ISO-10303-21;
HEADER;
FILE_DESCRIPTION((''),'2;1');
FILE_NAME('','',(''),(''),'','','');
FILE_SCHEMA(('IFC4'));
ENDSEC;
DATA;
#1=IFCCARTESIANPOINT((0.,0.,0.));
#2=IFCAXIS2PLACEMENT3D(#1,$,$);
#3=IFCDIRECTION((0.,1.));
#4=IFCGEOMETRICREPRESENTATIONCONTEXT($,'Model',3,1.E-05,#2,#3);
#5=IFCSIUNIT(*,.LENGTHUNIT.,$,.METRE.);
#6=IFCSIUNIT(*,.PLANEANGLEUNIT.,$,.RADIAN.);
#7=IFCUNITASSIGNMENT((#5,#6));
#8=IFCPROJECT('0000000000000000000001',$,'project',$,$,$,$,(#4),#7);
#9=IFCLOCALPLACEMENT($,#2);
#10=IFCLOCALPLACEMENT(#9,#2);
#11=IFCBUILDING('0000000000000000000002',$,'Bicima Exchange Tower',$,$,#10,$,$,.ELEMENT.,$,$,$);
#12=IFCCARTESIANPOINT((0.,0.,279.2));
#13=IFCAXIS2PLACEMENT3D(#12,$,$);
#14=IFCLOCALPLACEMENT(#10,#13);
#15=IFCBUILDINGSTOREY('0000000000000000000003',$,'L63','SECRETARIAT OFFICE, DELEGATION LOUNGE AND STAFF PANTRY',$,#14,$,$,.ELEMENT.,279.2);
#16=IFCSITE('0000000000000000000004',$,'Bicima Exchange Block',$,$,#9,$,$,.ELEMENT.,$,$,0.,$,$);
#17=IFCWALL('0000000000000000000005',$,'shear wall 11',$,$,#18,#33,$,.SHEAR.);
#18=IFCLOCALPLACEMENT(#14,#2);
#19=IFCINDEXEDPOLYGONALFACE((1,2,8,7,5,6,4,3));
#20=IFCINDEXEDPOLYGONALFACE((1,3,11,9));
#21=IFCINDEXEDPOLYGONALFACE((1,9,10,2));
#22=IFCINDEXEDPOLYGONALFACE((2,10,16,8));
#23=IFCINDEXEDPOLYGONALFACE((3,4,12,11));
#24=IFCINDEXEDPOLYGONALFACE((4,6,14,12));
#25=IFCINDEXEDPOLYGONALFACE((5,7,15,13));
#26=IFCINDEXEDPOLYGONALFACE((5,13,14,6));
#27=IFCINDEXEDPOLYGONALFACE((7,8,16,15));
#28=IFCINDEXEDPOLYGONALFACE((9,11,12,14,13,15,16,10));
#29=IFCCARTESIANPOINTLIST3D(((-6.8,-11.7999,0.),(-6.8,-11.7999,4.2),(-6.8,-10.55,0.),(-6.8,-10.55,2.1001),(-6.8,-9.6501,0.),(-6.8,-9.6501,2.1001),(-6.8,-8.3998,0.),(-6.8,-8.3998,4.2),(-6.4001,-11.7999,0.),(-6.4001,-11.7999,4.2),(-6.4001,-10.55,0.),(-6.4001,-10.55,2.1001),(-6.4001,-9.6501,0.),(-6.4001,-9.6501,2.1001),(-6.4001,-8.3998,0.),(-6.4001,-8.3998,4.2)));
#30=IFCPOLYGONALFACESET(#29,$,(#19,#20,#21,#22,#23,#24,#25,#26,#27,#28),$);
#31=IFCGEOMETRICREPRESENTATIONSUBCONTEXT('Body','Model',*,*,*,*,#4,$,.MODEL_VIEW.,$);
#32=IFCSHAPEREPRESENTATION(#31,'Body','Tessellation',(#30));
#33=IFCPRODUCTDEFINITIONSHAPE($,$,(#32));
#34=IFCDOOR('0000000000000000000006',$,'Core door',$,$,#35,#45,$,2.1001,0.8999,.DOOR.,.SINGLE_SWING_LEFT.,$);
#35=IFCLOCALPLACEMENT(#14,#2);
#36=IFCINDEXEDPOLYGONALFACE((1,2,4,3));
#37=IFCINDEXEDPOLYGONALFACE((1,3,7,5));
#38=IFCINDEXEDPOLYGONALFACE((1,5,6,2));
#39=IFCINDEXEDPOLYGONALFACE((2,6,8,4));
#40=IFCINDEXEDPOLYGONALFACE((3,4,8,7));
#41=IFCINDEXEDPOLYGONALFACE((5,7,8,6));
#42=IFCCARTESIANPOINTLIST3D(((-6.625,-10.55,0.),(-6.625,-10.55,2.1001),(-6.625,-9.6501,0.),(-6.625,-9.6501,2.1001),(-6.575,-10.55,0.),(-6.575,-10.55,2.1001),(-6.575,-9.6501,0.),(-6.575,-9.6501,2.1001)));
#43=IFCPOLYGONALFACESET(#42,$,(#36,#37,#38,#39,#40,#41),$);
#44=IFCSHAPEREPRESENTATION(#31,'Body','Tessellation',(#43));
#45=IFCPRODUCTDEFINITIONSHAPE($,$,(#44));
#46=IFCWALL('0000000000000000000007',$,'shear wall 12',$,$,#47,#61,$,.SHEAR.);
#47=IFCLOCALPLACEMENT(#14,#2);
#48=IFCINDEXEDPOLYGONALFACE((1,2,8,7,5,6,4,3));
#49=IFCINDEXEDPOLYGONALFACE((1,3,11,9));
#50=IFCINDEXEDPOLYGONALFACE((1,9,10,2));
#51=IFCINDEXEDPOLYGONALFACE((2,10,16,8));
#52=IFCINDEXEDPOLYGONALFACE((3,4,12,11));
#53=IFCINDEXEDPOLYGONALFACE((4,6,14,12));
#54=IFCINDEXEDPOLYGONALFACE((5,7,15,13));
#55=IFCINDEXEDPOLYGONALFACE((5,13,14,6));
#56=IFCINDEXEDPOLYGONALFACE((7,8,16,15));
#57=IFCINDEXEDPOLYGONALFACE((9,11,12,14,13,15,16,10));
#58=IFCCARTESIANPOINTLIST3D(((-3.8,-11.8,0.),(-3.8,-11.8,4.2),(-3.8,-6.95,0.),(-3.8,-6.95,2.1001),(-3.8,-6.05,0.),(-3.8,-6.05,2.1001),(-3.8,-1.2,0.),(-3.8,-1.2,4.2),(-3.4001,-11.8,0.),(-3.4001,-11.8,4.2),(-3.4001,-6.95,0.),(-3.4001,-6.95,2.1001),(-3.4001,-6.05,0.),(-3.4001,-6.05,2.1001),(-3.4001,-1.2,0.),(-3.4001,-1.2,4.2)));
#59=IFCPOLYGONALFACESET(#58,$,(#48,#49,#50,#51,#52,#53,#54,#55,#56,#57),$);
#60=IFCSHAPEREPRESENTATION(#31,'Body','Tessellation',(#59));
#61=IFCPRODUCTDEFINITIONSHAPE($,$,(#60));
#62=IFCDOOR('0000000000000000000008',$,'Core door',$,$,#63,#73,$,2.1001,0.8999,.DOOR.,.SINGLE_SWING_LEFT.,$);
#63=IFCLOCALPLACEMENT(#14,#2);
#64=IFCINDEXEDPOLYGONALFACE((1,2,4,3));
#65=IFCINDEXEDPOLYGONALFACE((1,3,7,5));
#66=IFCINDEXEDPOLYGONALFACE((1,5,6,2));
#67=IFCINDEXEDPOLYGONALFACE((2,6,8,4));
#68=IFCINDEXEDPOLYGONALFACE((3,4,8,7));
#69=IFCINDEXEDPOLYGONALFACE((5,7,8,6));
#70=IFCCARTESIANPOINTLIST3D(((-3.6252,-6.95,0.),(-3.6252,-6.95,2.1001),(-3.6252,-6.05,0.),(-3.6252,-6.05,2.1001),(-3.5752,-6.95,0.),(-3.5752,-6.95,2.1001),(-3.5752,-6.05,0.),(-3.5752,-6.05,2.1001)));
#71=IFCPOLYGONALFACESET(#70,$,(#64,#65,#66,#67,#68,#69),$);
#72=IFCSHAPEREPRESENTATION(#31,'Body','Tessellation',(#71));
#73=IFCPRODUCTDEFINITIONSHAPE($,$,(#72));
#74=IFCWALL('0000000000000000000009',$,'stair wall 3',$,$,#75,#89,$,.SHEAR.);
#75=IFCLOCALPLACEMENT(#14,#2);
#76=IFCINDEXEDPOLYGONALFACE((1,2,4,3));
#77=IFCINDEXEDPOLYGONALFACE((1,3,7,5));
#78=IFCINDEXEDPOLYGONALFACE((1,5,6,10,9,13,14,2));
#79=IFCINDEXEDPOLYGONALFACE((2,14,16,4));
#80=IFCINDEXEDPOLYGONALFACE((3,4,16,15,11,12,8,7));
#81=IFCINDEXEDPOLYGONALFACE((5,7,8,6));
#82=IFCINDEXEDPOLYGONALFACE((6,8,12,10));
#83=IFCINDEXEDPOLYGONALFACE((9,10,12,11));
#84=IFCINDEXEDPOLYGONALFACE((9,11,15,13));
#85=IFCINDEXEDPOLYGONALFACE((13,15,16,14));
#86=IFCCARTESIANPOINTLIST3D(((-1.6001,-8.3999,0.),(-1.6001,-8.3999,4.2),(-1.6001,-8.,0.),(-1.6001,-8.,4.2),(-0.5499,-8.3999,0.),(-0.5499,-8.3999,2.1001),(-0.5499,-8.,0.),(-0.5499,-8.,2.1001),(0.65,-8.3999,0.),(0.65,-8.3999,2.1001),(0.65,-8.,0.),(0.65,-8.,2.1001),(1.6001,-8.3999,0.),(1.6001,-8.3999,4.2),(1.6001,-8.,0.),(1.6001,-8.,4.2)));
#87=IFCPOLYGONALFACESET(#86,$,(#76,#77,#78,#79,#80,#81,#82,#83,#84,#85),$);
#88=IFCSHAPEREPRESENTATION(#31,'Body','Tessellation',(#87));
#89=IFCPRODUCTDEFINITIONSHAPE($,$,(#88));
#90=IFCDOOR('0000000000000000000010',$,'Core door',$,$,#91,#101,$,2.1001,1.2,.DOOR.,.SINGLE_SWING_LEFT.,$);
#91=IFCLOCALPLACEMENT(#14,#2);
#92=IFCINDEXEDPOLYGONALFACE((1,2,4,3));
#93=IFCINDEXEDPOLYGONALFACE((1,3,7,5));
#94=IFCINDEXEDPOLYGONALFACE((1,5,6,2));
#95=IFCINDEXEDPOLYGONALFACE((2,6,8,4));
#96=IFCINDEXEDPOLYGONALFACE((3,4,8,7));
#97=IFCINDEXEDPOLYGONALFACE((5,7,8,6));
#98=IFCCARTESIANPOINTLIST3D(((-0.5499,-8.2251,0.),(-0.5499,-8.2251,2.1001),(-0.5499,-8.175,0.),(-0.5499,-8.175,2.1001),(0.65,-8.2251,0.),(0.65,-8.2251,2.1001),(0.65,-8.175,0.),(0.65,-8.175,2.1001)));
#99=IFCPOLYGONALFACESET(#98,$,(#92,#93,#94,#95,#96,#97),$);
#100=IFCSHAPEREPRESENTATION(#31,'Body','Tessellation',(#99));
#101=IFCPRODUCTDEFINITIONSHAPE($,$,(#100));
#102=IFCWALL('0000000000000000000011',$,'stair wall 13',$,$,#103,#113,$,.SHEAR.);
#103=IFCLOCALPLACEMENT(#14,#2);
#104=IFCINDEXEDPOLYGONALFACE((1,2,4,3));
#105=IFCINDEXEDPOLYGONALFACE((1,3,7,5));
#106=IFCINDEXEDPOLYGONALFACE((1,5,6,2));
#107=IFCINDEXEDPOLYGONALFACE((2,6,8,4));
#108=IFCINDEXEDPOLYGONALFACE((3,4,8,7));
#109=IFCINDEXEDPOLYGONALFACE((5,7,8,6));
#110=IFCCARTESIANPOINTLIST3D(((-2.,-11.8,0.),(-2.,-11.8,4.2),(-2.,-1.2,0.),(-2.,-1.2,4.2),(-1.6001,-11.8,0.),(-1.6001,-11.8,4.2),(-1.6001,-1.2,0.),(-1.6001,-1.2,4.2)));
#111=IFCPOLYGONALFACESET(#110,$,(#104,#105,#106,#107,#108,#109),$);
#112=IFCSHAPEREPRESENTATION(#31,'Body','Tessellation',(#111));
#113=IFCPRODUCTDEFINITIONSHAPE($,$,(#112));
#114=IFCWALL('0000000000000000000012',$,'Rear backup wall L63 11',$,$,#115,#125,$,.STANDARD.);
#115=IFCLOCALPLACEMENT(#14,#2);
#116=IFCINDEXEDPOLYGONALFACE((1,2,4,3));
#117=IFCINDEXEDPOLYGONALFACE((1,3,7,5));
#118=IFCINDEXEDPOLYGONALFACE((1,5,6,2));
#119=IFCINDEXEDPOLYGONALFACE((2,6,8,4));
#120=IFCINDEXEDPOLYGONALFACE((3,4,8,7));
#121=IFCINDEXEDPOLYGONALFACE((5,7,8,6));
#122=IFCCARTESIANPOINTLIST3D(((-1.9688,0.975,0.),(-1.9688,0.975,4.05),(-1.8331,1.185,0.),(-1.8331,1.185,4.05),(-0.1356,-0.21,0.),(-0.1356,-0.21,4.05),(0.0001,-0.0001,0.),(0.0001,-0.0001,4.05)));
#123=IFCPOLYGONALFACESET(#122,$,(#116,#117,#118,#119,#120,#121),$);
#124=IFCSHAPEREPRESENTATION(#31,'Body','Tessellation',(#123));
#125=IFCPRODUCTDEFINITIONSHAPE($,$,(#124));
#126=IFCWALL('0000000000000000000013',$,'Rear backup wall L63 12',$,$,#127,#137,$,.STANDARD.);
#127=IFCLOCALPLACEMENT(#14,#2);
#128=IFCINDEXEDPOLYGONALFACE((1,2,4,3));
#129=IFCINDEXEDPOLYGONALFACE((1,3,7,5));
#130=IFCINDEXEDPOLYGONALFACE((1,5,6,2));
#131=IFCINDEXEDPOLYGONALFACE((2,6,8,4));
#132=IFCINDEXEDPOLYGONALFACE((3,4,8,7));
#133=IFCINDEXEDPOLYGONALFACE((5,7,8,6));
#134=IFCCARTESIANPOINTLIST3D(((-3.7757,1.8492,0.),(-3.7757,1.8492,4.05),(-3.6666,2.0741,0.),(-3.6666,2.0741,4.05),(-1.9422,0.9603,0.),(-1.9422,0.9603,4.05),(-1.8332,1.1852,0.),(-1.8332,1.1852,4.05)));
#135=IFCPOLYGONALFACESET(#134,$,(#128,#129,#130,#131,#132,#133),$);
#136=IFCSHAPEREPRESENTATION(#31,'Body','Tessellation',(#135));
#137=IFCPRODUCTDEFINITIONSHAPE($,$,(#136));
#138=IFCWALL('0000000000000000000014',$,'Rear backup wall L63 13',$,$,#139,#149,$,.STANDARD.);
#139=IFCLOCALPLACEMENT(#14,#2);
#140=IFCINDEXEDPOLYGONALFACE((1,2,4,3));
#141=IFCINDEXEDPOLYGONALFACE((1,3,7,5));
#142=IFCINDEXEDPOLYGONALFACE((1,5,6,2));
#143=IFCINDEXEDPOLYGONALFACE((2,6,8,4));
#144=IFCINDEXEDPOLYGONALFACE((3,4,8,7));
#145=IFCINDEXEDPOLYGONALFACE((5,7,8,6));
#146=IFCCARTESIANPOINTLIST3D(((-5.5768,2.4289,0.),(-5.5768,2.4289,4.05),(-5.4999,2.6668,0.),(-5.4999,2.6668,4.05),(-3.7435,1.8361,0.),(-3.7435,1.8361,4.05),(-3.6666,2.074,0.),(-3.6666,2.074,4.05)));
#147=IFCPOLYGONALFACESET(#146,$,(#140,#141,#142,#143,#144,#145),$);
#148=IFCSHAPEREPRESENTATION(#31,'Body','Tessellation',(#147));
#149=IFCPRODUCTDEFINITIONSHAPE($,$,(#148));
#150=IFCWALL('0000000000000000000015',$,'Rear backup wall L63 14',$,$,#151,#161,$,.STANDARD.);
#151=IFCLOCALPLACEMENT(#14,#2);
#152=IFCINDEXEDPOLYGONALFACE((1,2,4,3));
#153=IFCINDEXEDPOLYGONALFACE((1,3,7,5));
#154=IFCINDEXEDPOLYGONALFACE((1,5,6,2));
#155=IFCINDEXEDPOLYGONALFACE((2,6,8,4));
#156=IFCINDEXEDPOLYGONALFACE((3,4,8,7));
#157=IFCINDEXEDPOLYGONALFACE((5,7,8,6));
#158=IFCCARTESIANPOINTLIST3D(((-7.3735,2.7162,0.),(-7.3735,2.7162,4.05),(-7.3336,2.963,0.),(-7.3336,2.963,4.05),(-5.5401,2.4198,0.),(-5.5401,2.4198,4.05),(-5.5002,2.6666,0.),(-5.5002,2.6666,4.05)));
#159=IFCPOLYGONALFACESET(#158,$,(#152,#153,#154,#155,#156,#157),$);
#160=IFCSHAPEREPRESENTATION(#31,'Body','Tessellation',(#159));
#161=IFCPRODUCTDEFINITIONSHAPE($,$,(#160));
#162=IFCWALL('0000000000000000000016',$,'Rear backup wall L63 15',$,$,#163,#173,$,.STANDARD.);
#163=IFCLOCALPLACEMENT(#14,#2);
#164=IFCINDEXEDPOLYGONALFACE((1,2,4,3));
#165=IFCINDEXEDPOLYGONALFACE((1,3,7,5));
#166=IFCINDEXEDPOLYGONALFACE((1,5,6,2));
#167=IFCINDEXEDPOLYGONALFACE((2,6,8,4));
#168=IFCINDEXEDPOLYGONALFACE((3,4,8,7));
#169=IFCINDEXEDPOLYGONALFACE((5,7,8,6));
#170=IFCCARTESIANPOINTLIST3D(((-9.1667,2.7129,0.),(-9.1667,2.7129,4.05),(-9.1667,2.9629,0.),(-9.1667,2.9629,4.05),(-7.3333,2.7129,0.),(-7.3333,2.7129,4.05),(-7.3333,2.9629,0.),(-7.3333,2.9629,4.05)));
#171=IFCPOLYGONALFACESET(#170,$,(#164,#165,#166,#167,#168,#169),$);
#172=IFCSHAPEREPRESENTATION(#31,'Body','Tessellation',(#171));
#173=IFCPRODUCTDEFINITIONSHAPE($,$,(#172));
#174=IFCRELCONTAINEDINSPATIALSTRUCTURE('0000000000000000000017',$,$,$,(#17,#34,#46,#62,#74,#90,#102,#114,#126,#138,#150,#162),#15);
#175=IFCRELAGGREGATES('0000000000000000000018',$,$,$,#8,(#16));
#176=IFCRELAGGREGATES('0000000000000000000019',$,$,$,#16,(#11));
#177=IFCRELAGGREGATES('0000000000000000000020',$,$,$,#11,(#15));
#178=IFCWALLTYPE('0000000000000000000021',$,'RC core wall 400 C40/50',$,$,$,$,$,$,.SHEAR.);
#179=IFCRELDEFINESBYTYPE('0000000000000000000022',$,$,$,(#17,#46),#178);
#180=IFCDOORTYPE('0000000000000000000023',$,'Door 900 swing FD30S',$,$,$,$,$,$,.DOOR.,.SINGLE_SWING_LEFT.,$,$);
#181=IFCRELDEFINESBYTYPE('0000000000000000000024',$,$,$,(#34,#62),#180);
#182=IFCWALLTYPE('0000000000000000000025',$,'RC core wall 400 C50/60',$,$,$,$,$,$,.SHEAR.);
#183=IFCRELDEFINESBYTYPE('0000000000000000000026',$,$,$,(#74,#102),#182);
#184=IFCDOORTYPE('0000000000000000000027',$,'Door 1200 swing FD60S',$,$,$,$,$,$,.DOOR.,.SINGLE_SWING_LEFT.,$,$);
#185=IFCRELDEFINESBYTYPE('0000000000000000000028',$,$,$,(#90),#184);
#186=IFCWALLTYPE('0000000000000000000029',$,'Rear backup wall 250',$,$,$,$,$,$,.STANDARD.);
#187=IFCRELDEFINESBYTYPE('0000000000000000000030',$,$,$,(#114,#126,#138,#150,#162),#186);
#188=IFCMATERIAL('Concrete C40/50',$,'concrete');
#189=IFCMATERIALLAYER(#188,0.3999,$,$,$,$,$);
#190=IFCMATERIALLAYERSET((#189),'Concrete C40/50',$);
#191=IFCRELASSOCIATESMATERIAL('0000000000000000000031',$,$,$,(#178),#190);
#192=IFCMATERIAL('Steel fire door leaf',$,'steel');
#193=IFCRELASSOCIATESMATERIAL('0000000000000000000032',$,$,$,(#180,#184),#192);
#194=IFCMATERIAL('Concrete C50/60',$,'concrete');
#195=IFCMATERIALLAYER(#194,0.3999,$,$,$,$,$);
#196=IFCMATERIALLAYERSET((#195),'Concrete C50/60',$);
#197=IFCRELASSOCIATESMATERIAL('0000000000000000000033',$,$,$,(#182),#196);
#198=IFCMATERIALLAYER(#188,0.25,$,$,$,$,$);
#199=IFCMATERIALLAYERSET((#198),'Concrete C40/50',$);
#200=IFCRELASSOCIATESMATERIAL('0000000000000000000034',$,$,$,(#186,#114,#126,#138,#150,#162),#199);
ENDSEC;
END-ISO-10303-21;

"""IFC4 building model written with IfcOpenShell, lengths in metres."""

from ifc_helpers import new_model, si_unit, direction, frame, frame_2d, origin, place, context, subcontext, project, spatial, rectangle, extrude, material, layer, layer_set, layer_usage, type_object, element, fill, save


model = new_model("IFC4")

# Units and contexts
model_context = context("Model", 3, precision=1e-05, world=origin(), true_north=direction((0.0, 1.0)))
body_context = subcontext(model_context, "Body", "Model", "MODEL_VIEW")
ifc_project = project(units=[si_unit("LENGTHUNIT", "METRE"), si_unit("PLANEANGLEUNIT", "RADIAN")], contexts=[model_context])

# Site, building, storey
site_placement = place(None, origin())
site = spatial("IfcSite", under=ifc_project, at=site_placement, Name="Bicima Exchange Block", CompositionType="ELEMENT", RefElevation=0.0)
building_placement = place(site_placement, origin())
building = spatial("IfcBuilding", under=site, at=building_placement, Name="Bicima Exchange Tower", CompositionType="ELEMENT")
storey_placement = place(building_placement, frame((0.0, 0.0, 279.2)))
storey = spatial("IfcBuildingStorey", under=building, at=storey_placement, Name="L63", Description="SECRETARIAT OFFICE, DELEGATION LOUNGE AND STAFF PANTRY", CompositionType="ELEMENT", Elevation=279.2)

# Shared definitions
ifc_material_1 = material(Name="Concrete C40/50", Category="concrete")

# Shared definitions
ifc_material_2 = material(Name="Concrete C50/60", Category="concrete")

# Walls, openings, doors
ifc_layer_1 = layer(ifc_material_1, 0.3999)
ifc_layer_set_1 = layer_set([ifc_layer_1], Name="Concrete C40/50")
wall_type_1 = type_object("IfcWallType", Name="RC core wall 400 C40/50", PredefinedType="SHEAR", material=ifc_layer_set_1)
wall_1_placement = place(storey_placement, frame((-6.6001, -11.8, 0.0), z_axis=(0.0, 0.0, 1.0), x_axis=(0.0, 1.0, 0.0)))
wall_1 = element("IfcWall", 1, at=wall_1_placement, inside=storey, type_object=wall_type_1, Name="shear wall 11", PredefinedType="SHEAR", context=body_context, shape_type="SweptSolid", body=[
    extrude(rectangle(XDim=3.4001, YDim=0.3999, at=frame_2d((1.7002, 0.0))), origin(), (0.0, 0.0, 1.0), 4.2),
])
opening_1_placement = place(wall_1_placement, frame((1.25, 0.0, 0.0)))
opening_1 = element("IfcOpeningElement", 2, at=opening_1_placement, cuts=wall_1, PredefinedType="OPENING", context=body_context, shape_type="SweptSolid", body=[
    extrude(rectangle(XDim=0.8999, YDim=2.1001, at=frame_2d((0.45, 1.05))), frame((0.0, 0.2119, 0.0), z_axis=(0.0, -1.0, 0.0), x_axis=(1.0, 0.0, 0.0)), (0.0, 0.0, 1.0), 0.4238),
])
ifc_material_3 = material(Name="Steel fire door leaf", Category="steel")
door_type_1 = type_object("IfcDoorType", Name="Door 900 swing FD30S", OperationType="SINGLE_SWING_LEFT", PredefinedType="DOOR", material=ifc_material_3)
door_1_placement = place(opening_1_placement, origin())
door_1 = element("IfcDoor", 3, at=door_1_placement, inside=storey, type_object=door_type_1, Name="Core door", OperationType="SINGLE_SWING_LEFT", OverallHeight=2.1001, OverallWidth=0.8999, PredefinedType="DOOR", context=body_context, shape_type="SweptSolid", body=[
    extrude(rectangle(XDim=0.8999, YDim=2.1001, at=frame_2d((0.45, 1.05))), frame((0.0, 0.0249, 0.0), z_axis=(0.0, -1.0, 0.0), x_axis=(1.0, 0.0, 0.0)), (0.0, 0.0, 1.0), 0.05),
])
fill(opening_1, door_1)
wall_2_placement = place(storey_placement, frame((-3.6001, -11.8, 0.0), z_axis=(0.0, 0.0, 1.0), x_axis=(0.0, 1.0, 0.0)))
wall_2 = element("IfcWall", 4, at=wall_2_placement, inside=storey, type_object=wall_type_1, Name="shear wall 12", PredefinedType="SHEAR", context=body_context, shape_type="SweptSolid", body=[
    extrude(rectangle(XDim=10.6001, YDim=0.3999, at=frame_2d((5.3, 0.0))), origin(), (0.0, 0.0, 1.0), 4.2),
])
opening_2_placement = place(wall_2_placement, frame((4.8501, 0.0, 0.0)))
opening_2 = element("IfcOpeningElement", 5, at=opening_2_placement, cuts=wall_2, PredefinedType="OPENING", context=body_context, shape_type="SweptSolid", body=[
    extrude(rectangle(XDim=0.8999, YDim=2.1001, at=frame_2d((0.45, 1.05))), frame((0.0, 0.2119, 0.0), z_axis=(0.0, -1.0, 0.0), x_axis=(1.0, 0.0, 0.0)), (0.0, 0.0, 1.0), 0.4238),
])
door_2_placement = place(opening_2_placement, frame((0.8999, 0.0, 0.0), z_axis=(0.0, 0.0, 1.0), x_axis=(-1.0, 0.0, 0.0)))
door_2 = element("IfcDoor", 6, at=door_2_placement, inside=storey, type_object=door_type_1, Name="Core door", OperationType="SINGLE_SWING_LEFT", OverallHeight=2.1001, OverallWidth=0.8999, PredefinedType="DOOR", context=body_context, shape_type="SweptSolid", body=[
    extrude(rectangle(XDim=0.8999, YDim=2.1001, at=frame_2d((0.45, 1.05))), frame((0.0, 0.0249, 0.0), z_axis=(0.0, -1.0, 0.0), x_axis=(1.0, 0.0, 0.0)), (0.0, 0.0, 1.0), 0.05),
])
fill(opening_2, door_2)
ifc_layer_2 = layer(ifc_material_2, 0.3999)
ifc_layer_set_2 = layer_set([ifc_layer_2], Name="Concrete C50/60")
wall_type_2 = type_object("IfcWallType", Name="RC core wall 400 C50/60", PredefinedType="SHEAR", material=ifc_layer_set_2)
wall_3_placement = place(storey_placement, frame((-1.6001, -8.2, 0.0), z_axis=(0.0, 0.0, 1.0), x_axis=(1.0, 0.0, 0.0)))
wall_3 = element("IfcWall", 7, at=wall_3_placement, inside=storey, type_object=wall_type_2, Name="stair wall 3", PredefinedType="SHEAR", context=body_context, shape_type="SweptSolid", body=[
    extrude(rectangle(XDim=3.2002, YDim=0.3999, at=frame_2d((1.6001, 0.0))), origin(), (0.0, 0.0, 1.0), 4.2),
])
opening_3_placement = place(wall_3_placement, frame((1.05, 0.0, 0.0)))
opening_3 = element("IfcOpeningElement", 8, at=opening_3_placement, cuts=wall_3, PredefinedType="OPENING", context=body_context, shape_type="SweptSolid", body=[
    extrude(rectangle(XDim=1.2, YDim=2.1001, at=frame_2d((0.6001, 1.05))), frame((0.0, 0.2119, 0.0), z_axis=(0.0, -1.0, 0.0), x_axis=(1.0, 0.0, 0.0)), (0.0, 0.0, 1.0), 0.4238),
])
door_type_2 = type_object("IfcDoorType", Name="Door 1200 swing FD60S", OperationType="SINGLE_SWING_LEFT", PredefinedType="DOOR", material=ifc_material_3)
door_3_placement = place(opening_3_placement, origin())
door_3 = element("IfcDoor", 9, at=door_3_placement, inside=storey, type_object=door_type_2, Name="Core door", OperationType="SINGLE_SWING_LEFT", OverallHeight=2.1001, OverallWidth=1.2, PredefinedType="DOOR", context=body_context, shape_type="SweptSolid", body=[
    extrude(rectangle(XDim=1.2, YDim=2.1001, at=frame_2d((0.6001, 1.05))), frame((0.0, 0.0249, 0.0), z_axis=(0.0, -1.0, 0.0), x_axis=(1.0, 0.0, 0.0)), (0.0, 0.0, 1.0), 0.05),
])
fill(opening_3, door_3)

# Walls
wall_4_placement = place(storey_placement, frame((-1.8, -11.8, 0.0), z_axis=(0.0, 0.0, 1.0), x_axis=(0.0, 1.0, 0.0)))
element("IfcWall", 10, at=wall_4_placement, inside=storey, type_object=wall_type_2, Name="stair wall 13", PredefinedType="SHEAR", context=body_context, shape_type="SweptSolid", body=[
    extrude(rectangle(XDim=10.6001, YDim=0.3999, at=frame_2d((5.3, 0.0))), origin(), (0.0, 0.0, 1.0), 4.2),
])
ifc_layer_3 = layer(ifc_material_1, 0.25)
ifc_layer_set_3 = layer_set([ifc_layer_3], Name="Concrete C40/50")
ifc_layer_usage = layer_usage(ifc_layer_set_3, "AXIS2", "POSITIVE", -0.125)
wall_type_3 = type_object("IfcWallType", Name="Rear backup wall 250", PredefinedType="STANDARD", material=ifc_layer_set_3)
wall_5_placement = place(storey_placement, frame((-0.0679, -0.105, 0.0), z_axis=(0.0, 0.0, 1.0), x_axis=(-0.839813, 0.542876, 0.0)))
element("IfcWall", 11, at=wall_5_placement, inside=storey, type_object=wall_type_3, material=ifc_layer_usage, Name="Rear backup wall L63 11", PredefinedType="STANDARD", context=body_context, shape_type="SweptSolid", body=[
    extrude(rectangle(XDim=2.1829, YDim=0.25, at=frame_2d((1.0913, 0.0))), origin(), (0.0, 0.0, 1.0), 4.05),
])
wall_6_placement = place(storey_placement, frame((-1.8877, 1.0728, 0.0), z_axis=(0.0, 0.0, 1.0), x_axis=(-0.899824, 0.436253, 0.0)))
element("IfcWall", 12, at=wall_6_placement, inside=storey, type_object=wall_type_3, material=ifc_layer_usage, Name="Rear backup wall L63 12", PredefinedType="STANDARD", context=body_context, shape_type="SweptSolid", body=[
    extrude(rectangle(XDim=2.0376, YDim=0.25, at=frame_2d((1.0188, 0.0))), origin(), (0.0, 0.0, 1.0), 4.05),
])
wall_7_placement = place(storey_placement, frame((-3.7051, 1.9551, 0.0), z_axis=(0.0, 0.0, 1.0), x_axis=(-0.951496, 0.307662, 0.0)))
element("IfcWall", 13, at=wall_7_placement, inside=storey, type_object=wall_type_3, material=ifc_layer_usage, Name="Rear backup wall L63 13", PredefinedType="STANDARD", context=body_context, shape_type="SweptSolid", body=[
    extrude(rectangle(XDim=1.9268, YDim=0.25, at=frame_2d((0.9634, 0.0))), origin(), (0.0, 0.0, 1.0), 4.05),
])
wall_8_placement = place(storey_placement, frame((-5.52, 2.5432, 0.0), z_axis=(0.0, 0.0, 1.0), x_axis=(-0.987182, 0.1596, 0.0)))
element("IfcWall", 14, at=wall_8_placement, inside=storey, type_object=wall_type_3, material=ifc_layer_usage, Name="Rear backup wall L63 14", PredefinedType="STANDARD", context=body_context, shape_type="SweptSolid", body=[
    extrude(rectangle(XDim=1.8572, YDim=0.25, at=frame_2d((0.9287, 0.0))), origin(), (0.0, 0.0, 1.0), 4.05),
])
wall_9_placement = place(storey_placement, frame((-7.3333, 2.8379, 0.0), z_axis=(0.0, 0.0, 1.0), x_axis=(-1.0, 0.0, 0.0)))
element("IfcWall", 15, at=wall_9_placement, inside=storey, type_object=wall_type_3, material=ifc_layer_usage, Name="Rear backup wall L63 15", PredefinedType="STANDARD", context=body_context, shape_type="SweptSolid", body=[
    extrude(rectangle(XDim=1.8335, YDim=0.25, at=frame_2d((0.9167, 0.0))), origin(), (0.0, 0.0, 1.0), 4.05),
])

save(model, "model.ifc")
